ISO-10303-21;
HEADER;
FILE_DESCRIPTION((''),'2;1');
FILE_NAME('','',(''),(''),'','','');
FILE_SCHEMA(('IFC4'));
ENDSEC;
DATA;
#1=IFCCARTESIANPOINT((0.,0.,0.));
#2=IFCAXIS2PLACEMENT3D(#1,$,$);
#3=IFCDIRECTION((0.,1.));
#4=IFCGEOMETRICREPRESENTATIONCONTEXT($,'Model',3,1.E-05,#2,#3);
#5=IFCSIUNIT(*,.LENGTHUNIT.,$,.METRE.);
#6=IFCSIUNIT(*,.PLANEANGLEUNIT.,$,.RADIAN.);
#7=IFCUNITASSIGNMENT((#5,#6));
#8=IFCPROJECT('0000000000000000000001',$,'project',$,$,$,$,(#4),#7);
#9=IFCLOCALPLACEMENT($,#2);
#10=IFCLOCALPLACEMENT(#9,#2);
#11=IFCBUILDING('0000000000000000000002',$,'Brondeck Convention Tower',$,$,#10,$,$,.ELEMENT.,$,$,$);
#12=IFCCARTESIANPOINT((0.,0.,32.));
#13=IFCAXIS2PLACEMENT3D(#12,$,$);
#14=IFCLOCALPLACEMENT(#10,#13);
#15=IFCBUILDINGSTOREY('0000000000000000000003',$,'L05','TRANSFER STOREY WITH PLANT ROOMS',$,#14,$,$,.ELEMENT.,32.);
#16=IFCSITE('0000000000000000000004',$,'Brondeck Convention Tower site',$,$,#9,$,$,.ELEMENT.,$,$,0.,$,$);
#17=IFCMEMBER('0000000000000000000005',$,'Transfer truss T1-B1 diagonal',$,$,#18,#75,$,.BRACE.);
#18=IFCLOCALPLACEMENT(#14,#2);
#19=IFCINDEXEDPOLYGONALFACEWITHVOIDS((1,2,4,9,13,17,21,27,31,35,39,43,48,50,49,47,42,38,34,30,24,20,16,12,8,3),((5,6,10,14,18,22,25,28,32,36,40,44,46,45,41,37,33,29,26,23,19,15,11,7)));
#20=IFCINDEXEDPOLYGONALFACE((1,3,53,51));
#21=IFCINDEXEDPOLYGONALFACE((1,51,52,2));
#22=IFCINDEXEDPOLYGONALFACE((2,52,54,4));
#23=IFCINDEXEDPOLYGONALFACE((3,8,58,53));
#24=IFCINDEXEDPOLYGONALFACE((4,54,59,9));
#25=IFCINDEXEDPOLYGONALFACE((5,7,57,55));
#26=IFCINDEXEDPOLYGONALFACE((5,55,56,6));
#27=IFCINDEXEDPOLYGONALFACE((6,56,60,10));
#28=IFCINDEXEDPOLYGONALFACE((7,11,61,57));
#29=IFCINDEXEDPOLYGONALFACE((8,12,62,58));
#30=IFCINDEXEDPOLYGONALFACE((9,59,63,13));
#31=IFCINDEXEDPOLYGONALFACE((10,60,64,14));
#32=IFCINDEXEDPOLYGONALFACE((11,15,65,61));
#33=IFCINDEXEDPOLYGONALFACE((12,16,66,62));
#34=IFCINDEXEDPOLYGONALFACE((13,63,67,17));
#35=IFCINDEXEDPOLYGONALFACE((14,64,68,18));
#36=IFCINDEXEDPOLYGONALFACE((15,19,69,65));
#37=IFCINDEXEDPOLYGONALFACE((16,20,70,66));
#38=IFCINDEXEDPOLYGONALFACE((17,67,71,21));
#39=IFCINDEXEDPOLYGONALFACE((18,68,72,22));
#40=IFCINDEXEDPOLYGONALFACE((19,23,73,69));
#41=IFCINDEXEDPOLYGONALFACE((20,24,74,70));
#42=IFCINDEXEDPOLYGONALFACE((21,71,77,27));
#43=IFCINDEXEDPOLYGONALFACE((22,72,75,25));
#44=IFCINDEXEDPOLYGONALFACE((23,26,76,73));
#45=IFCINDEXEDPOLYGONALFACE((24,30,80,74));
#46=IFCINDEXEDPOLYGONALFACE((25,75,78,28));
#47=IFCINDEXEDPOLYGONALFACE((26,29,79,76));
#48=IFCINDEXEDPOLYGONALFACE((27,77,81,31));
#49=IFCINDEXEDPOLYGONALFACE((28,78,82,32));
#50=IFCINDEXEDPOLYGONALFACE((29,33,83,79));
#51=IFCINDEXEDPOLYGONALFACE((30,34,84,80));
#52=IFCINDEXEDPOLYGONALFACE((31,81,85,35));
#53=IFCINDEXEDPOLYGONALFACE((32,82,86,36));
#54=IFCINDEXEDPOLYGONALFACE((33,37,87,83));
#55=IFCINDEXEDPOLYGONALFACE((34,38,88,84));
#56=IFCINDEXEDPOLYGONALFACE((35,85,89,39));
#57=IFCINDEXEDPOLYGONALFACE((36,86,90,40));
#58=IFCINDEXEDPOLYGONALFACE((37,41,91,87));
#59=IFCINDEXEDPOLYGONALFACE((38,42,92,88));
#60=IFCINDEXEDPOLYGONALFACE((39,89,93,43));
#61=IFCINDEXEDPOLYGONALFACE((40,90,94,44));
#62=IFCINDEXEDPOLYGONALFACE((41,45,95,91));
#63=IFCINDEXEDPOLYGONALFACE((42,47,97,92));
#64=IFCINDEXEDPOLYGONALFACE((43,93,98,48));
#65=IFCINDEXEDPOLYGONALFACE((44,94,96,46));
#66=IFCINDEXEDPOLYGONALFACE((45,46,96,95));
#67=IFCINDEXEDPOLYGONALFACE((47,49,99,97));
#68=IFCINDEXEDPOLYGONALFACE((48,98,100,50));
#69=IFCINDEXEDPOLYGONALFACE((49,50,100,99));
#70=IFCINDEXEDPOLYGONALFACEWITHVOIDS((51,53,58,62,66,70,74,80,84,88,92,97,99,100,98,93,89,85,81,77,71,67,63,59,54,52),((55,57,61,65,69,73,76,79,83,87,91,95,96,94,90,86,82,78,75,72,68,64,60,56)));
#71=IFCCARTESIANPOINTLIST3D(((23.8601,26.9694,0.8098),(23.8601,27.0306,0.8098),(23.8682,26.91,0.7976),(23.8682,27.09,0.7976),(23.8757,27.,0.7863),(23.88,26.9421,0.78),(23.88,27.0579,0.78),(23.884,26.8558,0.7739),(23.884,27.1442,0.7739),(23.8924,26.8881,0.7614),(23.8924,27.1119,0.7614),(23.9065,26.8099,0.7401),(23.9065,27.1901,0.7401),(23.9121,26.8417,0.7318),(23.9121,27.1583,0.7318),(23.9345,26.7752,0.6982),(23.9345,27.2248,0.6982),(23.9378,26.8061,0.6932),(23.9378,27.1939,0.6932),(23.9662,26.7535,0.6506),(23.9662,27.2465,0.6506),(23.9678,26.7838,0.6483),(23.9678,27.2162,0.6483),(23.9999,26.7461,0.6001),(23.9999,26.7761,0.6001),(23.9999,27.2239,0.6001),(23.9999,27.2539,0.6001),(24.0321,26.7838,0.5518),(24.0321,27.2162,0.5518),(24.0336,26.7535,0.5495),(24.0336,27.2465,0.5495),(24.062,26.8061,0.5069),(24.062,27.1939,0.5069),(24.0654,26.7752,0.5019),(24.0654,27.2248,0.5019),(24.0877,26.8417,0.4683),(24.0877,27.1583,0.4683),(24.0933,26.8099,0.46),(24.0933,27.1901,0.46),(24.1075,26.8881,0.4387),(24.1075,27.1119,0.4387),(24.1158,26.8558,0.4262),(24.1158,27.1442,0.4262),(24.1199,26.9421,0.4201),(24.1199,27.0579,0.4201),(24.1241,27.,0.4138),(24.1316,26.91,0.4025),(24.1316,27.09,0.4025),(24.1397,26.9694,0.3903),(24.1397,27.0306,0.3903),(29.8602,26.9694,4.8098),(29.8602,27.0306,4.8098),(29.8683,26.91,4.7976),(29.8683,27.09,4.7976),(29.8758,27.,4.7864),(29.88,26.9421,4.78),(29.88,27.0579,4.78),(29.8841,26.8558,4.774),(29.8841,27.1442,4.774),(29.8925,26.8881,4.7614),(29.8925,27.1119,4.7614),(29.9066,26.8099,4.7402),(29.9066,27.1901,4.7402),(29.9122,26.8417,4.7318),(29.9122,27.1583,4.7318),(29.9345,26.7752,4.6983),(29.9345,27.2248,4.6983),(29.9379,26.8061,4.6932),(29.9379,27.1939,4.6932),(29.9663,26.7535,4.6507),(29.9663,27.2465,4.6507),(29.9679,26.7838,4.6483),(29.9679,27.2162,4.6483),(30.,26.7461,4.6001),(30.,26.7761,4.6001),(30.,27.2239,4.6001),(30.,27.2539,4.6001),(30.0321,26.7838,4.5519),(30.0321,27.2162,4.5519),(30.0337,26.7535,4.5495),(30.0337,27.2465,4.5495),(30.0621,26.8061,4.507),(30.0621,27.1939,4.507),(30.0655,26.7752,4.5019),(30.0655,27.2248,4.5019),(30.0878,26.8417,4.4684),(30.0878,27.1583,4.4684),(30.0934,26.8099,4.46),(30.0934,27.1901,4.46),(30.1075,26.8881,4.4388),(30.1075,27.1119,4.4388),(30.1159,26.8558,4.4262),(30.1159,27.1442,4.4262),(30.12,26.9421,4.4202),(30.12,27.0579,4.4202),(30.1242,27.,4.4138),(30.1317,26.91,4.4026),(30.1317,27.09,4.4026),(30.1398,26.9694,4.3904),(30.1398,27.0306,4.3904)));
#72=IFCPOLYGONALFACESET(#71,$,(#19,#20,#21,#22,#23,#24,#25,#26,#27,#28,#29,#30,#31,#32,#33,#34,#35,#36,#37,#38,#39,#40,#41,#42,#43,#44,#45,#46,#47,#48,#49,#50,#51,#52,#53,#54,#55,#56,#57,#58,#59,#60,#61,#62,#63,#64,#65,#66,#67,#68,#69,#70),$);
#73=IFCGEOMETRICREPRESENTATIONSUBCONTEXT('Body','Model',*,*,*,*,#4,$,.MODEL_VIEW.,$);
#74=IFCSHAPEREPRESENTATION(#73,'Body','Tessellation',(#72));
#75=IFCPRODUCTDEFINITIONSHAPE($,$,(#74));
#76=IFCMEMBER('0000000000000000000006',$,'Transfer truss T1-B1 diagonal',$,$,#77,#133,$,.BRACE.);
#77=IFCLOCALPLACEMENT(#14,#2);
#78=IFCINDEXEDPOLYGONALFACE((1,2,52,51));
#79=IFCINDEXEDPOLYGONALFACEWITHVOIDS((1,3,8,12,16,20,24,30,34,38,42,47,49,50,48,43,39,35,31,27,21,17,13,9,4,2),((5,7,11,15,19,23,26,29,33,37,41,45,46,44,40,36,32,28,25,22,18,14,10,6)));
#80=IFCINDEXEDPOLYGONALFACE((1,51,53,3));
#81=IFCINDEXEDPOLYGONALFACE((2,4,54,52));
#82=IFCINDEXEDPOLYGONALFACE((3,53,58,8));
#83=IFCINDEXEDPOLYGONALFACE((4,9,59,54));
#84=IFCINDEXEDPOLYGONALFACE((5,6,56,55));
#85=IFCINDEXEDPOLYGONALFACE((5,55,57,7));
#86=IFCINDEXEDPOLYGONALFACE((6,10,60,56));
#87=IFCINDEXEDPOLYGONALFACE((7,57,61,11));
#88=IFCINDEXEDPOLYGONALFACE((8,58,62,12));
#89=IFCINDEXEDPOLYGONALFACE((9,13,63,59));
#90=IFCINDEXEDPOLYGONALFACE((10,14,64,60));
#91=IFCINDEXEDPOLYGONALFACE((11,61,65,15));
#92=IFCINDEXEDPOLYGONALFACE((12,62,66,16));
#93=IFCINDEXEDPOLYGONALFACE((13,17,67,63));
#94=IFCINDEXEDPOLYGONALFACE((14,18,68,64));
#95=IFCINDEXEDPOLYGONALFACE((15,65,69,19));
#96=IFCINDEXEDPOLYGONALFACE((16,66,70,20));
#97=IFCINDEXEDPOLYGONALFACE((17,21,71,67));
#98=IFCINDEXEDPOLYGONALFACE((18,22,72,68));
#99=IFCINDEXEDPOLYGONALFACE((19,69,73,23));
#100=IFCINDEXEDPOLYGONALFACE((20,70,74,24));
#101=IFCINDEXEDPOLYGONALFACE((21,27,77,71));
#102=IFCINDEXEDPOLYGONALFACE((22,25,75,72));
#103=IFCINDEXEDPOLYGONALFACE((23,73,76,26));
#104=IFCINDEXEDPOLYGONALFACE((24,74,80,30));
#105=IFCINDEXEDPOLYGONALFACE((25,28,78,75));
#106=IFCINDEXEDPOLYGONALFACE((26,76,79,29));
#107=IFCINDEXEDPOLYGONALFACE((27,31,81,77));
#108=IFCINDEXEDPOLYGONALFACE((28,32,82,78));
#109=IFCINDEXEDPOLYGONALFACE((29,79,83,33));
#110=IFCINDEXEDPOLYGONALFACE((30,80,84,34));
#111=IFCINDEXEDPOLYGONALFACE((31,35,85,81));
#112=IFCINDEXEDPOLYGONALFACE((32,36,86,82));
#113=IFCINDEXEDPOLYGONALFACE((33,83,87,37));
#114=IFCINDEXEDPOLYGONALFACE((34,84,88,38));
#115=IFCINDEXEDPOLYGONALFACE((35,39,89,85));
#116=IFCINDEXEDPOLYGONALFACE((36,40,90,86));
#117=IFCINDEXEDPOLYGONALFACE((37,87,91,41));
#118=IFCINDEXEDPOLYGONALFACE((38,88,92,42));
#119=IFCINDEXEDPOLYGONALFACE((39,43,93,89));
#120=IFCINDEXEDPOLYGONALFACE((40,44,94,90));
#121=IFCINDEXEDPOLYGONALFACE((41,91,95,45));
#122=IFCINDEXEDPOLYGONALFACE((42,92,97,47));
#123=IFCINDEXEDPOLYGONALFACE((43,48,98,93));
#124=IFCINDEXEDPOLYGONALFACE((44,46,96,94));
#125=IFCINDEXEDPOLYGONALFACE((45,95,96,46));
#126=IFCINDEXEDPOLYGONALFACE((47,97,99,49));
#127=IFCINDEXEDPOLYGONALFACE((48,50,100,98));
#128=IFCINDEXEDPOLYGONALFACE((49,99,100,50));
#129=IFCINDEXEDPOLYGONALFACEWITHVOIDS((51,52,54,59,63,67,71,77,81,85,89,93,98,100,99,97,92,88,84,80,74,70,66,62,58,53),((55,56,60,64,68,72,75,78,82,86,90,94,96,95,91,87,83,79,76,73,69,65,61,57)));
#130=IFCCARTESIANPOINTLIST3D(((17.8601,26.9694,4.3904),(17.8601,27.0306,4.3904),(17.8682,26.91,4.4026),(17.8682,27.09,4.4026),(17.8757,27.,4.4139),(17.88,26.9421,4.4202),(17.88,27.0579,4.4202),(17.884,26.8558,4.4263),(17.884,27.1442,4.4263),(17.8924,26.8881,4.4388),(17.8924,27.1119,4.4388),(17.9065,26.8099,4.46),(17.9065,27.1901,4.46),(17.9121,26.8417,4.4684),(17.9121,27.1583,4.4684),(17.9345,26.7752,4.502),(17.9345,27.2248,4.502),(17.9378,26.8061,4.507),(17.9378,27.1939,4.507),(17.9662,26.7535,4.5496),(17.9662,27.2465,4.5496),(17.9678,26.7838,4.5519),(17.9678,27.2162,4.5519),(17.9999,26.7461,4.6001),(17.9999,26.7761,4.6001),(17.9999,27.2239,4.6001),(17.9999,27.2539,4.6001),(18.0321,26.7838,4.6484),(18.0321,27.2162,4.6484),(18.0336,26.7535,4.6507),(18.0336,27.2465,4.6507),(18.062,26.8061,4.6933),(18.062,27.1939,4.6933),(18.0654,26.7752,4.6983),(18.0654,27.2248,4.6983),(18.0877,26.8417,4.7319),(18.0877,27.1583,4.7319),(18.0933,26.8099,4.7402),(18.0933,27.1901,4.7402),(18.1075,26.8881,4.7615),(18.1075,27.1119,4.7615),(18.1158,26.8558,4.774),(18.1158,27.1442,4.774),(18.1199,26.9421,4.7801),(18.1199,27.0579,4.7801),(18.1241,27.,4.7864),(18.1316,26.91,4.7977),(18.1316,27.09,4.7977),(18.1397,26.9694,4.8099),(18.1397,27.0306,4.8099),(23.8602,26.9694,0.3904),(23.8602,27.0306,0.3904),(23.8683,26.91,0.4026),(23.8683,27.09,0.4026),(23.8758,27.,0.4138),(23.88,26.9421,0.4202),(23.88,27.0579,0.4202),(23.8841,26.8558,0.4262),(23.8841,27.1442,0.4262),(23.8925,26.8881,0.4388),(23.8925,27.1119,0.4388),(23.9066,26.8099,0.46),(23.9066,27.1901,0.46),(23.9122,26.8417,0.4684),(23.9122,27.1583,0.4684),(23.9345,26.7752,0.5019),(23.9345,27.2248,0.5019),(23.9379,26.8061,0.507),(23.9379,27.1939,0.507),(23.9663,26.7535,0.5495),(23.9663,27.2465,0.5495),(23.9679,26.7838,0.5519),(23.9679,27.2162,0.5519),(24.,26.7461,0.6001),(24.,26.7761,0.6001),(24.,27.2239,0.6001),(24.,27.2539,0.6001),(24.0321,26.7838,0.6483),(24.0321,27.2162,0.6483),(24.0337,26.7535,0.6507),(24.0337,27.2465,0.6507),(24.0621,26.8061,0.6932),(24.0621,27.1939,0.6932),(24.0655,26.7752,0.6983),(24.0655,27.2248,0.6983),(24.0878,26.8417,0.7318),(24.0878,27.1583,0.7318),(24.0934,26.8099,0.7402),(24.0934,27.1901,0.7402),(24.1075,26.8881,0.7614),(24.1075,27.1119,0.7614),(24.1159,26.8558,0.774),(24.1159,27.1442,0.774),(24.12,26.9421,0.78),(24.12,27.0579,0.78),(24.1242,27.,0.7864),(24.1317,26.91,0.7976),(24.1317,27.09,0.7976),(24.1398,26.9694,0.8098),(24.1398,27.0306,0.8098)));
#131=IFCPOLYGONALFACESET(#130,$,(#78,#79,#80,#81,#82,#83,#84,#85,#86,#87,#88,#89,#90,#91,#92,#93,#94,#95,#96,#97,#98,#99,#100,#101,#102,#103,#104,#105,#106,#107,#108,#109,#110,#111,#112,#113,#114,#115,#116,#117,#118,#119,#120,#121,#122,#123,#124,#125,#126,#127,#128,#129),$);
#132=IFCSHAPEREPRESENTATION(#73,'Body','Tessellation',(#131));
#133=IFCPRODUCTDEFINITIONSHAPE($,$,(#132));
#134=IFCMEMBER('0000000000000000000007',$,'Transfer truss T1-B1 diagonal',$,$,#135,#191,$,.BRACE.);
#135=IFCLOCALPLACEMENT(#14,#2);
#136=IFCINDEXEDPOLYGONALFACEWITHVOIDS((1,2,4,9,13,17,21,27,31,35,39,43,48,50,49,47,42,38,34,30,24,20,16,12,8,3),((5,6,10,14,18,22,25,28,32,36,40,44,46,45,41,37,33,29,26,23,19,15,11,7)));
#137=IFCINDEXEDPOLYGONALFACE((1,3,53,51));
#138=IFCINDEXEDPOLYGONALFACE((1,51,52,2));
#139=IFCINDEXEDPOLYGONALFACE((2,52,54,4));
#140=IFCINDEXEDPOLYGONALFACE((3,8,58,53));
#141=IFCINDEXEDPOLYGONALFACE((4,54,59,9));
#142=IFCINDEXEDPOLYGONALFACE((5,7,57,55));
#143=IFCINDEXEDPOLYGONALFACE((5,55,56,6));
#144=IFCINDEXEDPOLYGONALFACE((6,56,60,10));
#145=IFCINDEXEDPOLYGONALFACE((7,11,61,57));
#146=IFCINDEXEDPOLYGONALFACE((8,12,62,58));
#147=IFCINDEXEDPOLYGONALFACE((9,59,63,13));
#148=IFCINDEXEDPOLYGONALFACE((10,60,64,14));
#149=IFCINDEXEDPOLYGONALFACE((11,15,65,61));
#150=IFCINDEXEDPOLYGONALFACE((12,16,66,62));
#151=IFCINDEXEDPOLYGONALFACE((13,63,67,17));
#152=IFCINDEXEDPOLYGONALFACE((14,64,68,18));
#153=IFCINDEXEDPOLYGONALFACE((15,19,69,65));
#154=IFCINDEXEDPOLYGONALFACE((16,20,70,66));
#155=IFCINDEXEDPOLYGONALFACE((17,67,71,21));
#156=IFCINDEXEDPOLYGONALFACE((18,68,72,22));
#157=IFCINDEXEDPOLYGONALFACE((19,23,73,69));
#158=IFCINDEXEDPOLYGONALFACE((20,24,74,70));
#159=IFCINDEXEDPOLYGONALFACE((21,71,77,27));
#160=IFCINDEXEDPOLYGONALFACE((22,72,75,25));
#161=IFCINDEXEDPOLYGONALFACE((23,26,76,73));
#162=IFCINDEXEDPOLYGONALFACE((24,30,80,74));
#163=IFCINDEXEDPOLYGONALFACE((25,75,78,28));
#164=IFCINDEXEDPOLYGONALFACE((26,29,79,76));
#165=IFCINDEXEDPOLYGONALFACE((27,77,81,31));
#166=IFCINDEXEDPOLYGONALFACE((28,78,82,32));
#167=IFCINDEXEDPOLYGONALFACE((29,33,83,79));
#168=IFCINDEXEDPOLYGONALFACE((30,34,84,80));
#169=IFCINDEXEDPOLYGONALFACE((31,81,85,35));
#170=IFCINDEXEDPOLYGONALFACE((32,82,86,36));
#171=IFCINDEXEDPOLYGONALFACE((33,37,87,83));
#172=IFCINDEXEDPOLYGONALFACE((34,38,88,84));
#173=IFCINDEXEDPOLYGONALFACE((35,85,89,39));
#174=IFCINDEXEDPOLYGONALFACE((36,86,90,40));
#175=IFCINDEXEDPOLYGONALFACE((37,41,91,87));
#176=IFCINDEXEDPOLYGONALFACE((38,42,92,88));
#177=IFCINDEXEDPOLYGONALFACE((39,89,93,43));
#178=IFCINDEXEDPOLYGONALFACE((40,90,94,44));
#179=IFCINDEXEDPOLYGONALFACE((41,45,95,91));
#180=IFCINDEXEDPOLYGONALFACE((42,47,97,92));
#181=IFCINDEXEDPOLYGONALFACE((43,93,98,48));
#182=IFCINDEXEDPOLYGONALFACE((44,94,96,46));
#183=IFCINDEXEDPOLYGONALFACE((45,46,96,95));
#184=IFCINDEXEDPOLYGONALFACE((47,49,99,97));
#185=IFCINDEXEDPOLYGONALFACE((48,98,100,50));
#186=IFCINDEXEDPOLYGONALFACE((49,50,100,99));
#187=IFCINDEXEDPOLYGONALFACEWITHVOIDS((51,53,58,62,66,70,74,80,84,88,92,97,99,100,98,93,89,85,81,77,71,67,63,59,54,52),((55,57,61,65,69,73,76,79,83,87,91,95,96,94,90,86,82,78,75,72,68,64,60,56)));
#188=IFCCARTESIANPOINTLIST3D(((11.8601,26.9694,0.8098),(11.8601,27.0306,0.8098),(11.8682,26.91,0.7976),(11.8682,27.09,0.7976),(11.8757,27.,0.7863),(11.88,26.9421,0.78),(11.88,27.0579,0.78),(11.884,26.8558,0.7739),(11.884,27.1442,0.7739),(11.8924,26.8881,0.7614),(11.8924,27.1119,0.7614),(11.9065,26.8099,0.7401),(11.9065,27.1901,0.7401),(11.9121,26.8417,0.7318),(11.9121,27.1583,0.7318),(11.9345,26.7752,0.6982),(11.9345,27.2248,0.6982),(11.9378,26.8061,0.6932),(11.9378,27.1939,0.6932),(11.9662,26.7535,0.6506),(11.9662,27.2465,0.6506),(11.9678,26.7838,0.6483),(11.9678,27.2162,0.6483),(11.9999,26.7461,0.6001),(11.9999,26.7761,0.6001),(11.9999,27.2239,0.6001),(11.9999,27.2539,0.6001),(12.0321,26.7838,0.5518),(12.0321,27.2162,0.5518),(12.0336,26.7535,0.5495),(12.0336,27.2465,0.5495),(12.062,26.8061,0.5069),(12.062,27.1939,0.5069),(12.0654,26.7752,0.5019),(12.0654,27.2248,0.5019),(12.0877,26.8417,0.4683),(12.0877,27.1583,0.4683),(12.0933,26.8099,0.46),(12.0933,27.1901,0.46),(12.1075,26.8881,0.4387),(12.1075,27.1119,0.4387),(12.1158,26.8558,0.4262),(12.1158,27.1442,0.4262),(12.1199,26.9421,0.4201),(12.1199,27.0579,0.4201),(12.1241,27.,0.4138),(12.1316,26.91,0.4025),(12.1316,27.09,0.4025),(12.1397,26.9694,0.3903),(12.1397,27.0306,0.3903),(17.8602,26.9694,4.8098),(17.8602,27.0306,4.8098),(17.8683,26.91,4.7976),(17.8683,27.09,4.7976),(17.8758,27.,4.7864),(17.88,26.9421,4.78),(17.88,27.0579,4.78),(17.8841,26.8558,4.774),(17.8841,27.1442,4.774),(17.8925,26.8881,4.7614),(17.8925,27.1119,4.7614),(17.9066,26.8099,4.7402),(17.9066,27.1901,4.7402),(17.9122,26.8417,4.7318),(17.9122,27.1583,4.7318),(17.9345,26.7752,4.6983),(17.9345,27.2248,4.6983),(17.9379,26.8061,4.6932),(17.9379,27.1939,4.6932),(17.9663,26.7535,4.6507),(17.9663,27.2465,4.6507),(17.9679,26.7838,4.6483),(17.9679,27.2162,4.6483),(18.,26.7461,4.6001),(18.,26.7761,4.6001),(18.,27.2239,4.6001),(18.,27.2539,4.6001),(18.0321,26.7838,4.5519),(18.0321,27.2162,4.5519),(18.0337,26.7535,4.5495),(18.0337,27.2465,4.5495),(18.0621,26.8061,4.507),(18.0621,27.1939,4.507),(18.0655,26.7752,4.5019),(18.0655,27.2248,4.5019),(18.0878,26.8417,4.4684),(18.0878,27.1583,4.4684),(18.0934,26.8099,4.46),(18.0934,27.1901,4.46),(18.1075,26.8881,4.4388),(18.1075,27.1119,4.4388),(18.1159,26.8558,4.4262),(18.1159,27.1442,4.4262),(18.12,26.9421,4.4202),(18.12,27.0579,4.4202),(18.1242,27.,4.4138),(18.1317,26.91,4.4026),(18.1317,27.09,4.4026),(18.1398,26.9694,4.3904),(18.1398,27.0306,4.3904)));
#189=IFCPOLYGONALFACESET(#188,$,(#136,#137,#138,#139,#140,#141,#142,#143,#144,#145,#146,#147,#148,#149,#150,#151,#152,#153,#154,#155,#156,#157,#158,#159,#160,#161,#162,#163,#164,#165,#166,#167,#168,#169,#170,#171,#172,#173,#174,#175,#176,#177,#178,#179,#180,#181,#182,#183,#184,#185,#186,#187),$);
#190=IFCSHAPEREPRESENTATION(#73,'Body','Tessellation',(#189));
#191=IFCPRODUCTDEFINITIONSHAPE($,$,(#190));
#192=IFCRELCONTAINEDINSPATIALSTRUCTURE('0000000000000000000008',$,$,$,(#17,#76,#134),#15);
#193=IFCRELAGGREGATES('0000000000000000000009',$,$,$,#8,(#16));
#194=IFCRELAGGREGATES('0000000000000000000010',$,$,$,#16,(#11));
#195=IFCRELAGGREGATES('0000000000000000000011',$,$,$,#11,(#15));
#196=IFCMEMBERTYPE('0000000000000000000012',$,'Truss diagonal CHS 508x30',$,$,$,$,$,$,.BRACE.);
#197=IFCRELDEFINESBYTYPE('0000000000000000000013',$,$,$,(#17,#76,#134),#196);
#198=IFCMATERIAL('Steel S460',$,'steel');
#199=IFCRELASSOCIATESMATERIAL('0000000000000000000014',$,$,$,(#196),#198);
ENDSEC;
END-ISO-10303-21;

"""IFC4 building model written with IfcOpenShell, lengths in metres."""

from ifc_helpers import new_model, si_unit, direction, frame, origin, origin_2d, place, context, subcontext, project, spatial, hollow_circle, extrude, material, material_profile, profile_set, type_object, element, save


model = new_model("IFC4")

# Units and contexts
model_context = context("Model", 3, precision=1e-05, world=origin(), true_north=direction((0.0, 1.0)))
body_context = subcontext(model_context, "Body", "Model", "MODEL_VIEW")
ifc_project = project(units=[si_unit("LENGTHUNIT", "METRE"), si_unit("PLANEANGLEUNIT", "RADIAN")], contexts=[model_context])

# Site, building, storey
site_placement = place(None, origin())
site = spatial("IfcSite", under=ifc_project, at=site_placement, Name="Brondeck Convention Tower site", CompositionType="ELEMENT", RefElevation=0.0)
building_placement = place(site_placement, origin())
building = spatial("IfcBuilding", under=site, at=building_placement, Name="Brondeck Convention Tower", CompositionType="ELEMENT")
storey_placement = place(building_placement, frame((0.0, 0.0, 32.0)))
storey = spatial("IfcBuildingStorey", under=building, at=storey_placement, Name="L05", Description="TRANSFER STOREY WITH PLANT ROOMS", CompositionType="ELEMENT", Elevation=32.0)

# Shared definitions
ifc_material_1 = material(Name="Steel S460", Category="steel")

# Members
ifc_material_profile_1 = material_profile(ifc_material_1, hollow_circle(Radius=0.2539, WallThickness=0.03, at=origin_2d()), Name="CHS 508x30")
ifc_profile_set_1 = profile_set([ifc_material_profile_1], Name="Steel S460")
member_type_1 = type_object("IfcMemberType", Name="Truss diagonal CHS 508x30", PredefinedType="BRACE", material=ifc_profile_set_1)
for number, where, z_axis, x_axis, name in (
    (1, (30.0, 27.0, 4.6001), (-0.83205, 0.0, -0.5547), (0.0, -1.0, 0.0), "Transfer truss T1-B1 diagonal"),
    (2, (24.0, 27.0, 0.6001), (-0.83205, 0.0, 0.5547), (0.0, -1.0, 0.0), "Transfer truss T1-B1 diagonal"),
    (3, (18.0, 27.0, 4.6001), (-0.83205, 0.0, -0.5547), (0.0, -1.0, 0.0), "Transfer truss T1-B1 diagonal"),
):
    element("IfcMember", number, at=place(storey_placement, frame(where, z_axis=z_axis, x_axis=x_axis)), inside=storey, type_object=member_type_1, Name=name, PredefinedType="BRACE", context=body_context, shape_type="SweptSolid", body=[
        extrude(hollow_circle(Radius=0.2539, WallThickness=0.03, at=origin_2d()), origin(), (0.0, 0.0, 1.0), 7.2112),
    ])

save(model, "model.ifc")
